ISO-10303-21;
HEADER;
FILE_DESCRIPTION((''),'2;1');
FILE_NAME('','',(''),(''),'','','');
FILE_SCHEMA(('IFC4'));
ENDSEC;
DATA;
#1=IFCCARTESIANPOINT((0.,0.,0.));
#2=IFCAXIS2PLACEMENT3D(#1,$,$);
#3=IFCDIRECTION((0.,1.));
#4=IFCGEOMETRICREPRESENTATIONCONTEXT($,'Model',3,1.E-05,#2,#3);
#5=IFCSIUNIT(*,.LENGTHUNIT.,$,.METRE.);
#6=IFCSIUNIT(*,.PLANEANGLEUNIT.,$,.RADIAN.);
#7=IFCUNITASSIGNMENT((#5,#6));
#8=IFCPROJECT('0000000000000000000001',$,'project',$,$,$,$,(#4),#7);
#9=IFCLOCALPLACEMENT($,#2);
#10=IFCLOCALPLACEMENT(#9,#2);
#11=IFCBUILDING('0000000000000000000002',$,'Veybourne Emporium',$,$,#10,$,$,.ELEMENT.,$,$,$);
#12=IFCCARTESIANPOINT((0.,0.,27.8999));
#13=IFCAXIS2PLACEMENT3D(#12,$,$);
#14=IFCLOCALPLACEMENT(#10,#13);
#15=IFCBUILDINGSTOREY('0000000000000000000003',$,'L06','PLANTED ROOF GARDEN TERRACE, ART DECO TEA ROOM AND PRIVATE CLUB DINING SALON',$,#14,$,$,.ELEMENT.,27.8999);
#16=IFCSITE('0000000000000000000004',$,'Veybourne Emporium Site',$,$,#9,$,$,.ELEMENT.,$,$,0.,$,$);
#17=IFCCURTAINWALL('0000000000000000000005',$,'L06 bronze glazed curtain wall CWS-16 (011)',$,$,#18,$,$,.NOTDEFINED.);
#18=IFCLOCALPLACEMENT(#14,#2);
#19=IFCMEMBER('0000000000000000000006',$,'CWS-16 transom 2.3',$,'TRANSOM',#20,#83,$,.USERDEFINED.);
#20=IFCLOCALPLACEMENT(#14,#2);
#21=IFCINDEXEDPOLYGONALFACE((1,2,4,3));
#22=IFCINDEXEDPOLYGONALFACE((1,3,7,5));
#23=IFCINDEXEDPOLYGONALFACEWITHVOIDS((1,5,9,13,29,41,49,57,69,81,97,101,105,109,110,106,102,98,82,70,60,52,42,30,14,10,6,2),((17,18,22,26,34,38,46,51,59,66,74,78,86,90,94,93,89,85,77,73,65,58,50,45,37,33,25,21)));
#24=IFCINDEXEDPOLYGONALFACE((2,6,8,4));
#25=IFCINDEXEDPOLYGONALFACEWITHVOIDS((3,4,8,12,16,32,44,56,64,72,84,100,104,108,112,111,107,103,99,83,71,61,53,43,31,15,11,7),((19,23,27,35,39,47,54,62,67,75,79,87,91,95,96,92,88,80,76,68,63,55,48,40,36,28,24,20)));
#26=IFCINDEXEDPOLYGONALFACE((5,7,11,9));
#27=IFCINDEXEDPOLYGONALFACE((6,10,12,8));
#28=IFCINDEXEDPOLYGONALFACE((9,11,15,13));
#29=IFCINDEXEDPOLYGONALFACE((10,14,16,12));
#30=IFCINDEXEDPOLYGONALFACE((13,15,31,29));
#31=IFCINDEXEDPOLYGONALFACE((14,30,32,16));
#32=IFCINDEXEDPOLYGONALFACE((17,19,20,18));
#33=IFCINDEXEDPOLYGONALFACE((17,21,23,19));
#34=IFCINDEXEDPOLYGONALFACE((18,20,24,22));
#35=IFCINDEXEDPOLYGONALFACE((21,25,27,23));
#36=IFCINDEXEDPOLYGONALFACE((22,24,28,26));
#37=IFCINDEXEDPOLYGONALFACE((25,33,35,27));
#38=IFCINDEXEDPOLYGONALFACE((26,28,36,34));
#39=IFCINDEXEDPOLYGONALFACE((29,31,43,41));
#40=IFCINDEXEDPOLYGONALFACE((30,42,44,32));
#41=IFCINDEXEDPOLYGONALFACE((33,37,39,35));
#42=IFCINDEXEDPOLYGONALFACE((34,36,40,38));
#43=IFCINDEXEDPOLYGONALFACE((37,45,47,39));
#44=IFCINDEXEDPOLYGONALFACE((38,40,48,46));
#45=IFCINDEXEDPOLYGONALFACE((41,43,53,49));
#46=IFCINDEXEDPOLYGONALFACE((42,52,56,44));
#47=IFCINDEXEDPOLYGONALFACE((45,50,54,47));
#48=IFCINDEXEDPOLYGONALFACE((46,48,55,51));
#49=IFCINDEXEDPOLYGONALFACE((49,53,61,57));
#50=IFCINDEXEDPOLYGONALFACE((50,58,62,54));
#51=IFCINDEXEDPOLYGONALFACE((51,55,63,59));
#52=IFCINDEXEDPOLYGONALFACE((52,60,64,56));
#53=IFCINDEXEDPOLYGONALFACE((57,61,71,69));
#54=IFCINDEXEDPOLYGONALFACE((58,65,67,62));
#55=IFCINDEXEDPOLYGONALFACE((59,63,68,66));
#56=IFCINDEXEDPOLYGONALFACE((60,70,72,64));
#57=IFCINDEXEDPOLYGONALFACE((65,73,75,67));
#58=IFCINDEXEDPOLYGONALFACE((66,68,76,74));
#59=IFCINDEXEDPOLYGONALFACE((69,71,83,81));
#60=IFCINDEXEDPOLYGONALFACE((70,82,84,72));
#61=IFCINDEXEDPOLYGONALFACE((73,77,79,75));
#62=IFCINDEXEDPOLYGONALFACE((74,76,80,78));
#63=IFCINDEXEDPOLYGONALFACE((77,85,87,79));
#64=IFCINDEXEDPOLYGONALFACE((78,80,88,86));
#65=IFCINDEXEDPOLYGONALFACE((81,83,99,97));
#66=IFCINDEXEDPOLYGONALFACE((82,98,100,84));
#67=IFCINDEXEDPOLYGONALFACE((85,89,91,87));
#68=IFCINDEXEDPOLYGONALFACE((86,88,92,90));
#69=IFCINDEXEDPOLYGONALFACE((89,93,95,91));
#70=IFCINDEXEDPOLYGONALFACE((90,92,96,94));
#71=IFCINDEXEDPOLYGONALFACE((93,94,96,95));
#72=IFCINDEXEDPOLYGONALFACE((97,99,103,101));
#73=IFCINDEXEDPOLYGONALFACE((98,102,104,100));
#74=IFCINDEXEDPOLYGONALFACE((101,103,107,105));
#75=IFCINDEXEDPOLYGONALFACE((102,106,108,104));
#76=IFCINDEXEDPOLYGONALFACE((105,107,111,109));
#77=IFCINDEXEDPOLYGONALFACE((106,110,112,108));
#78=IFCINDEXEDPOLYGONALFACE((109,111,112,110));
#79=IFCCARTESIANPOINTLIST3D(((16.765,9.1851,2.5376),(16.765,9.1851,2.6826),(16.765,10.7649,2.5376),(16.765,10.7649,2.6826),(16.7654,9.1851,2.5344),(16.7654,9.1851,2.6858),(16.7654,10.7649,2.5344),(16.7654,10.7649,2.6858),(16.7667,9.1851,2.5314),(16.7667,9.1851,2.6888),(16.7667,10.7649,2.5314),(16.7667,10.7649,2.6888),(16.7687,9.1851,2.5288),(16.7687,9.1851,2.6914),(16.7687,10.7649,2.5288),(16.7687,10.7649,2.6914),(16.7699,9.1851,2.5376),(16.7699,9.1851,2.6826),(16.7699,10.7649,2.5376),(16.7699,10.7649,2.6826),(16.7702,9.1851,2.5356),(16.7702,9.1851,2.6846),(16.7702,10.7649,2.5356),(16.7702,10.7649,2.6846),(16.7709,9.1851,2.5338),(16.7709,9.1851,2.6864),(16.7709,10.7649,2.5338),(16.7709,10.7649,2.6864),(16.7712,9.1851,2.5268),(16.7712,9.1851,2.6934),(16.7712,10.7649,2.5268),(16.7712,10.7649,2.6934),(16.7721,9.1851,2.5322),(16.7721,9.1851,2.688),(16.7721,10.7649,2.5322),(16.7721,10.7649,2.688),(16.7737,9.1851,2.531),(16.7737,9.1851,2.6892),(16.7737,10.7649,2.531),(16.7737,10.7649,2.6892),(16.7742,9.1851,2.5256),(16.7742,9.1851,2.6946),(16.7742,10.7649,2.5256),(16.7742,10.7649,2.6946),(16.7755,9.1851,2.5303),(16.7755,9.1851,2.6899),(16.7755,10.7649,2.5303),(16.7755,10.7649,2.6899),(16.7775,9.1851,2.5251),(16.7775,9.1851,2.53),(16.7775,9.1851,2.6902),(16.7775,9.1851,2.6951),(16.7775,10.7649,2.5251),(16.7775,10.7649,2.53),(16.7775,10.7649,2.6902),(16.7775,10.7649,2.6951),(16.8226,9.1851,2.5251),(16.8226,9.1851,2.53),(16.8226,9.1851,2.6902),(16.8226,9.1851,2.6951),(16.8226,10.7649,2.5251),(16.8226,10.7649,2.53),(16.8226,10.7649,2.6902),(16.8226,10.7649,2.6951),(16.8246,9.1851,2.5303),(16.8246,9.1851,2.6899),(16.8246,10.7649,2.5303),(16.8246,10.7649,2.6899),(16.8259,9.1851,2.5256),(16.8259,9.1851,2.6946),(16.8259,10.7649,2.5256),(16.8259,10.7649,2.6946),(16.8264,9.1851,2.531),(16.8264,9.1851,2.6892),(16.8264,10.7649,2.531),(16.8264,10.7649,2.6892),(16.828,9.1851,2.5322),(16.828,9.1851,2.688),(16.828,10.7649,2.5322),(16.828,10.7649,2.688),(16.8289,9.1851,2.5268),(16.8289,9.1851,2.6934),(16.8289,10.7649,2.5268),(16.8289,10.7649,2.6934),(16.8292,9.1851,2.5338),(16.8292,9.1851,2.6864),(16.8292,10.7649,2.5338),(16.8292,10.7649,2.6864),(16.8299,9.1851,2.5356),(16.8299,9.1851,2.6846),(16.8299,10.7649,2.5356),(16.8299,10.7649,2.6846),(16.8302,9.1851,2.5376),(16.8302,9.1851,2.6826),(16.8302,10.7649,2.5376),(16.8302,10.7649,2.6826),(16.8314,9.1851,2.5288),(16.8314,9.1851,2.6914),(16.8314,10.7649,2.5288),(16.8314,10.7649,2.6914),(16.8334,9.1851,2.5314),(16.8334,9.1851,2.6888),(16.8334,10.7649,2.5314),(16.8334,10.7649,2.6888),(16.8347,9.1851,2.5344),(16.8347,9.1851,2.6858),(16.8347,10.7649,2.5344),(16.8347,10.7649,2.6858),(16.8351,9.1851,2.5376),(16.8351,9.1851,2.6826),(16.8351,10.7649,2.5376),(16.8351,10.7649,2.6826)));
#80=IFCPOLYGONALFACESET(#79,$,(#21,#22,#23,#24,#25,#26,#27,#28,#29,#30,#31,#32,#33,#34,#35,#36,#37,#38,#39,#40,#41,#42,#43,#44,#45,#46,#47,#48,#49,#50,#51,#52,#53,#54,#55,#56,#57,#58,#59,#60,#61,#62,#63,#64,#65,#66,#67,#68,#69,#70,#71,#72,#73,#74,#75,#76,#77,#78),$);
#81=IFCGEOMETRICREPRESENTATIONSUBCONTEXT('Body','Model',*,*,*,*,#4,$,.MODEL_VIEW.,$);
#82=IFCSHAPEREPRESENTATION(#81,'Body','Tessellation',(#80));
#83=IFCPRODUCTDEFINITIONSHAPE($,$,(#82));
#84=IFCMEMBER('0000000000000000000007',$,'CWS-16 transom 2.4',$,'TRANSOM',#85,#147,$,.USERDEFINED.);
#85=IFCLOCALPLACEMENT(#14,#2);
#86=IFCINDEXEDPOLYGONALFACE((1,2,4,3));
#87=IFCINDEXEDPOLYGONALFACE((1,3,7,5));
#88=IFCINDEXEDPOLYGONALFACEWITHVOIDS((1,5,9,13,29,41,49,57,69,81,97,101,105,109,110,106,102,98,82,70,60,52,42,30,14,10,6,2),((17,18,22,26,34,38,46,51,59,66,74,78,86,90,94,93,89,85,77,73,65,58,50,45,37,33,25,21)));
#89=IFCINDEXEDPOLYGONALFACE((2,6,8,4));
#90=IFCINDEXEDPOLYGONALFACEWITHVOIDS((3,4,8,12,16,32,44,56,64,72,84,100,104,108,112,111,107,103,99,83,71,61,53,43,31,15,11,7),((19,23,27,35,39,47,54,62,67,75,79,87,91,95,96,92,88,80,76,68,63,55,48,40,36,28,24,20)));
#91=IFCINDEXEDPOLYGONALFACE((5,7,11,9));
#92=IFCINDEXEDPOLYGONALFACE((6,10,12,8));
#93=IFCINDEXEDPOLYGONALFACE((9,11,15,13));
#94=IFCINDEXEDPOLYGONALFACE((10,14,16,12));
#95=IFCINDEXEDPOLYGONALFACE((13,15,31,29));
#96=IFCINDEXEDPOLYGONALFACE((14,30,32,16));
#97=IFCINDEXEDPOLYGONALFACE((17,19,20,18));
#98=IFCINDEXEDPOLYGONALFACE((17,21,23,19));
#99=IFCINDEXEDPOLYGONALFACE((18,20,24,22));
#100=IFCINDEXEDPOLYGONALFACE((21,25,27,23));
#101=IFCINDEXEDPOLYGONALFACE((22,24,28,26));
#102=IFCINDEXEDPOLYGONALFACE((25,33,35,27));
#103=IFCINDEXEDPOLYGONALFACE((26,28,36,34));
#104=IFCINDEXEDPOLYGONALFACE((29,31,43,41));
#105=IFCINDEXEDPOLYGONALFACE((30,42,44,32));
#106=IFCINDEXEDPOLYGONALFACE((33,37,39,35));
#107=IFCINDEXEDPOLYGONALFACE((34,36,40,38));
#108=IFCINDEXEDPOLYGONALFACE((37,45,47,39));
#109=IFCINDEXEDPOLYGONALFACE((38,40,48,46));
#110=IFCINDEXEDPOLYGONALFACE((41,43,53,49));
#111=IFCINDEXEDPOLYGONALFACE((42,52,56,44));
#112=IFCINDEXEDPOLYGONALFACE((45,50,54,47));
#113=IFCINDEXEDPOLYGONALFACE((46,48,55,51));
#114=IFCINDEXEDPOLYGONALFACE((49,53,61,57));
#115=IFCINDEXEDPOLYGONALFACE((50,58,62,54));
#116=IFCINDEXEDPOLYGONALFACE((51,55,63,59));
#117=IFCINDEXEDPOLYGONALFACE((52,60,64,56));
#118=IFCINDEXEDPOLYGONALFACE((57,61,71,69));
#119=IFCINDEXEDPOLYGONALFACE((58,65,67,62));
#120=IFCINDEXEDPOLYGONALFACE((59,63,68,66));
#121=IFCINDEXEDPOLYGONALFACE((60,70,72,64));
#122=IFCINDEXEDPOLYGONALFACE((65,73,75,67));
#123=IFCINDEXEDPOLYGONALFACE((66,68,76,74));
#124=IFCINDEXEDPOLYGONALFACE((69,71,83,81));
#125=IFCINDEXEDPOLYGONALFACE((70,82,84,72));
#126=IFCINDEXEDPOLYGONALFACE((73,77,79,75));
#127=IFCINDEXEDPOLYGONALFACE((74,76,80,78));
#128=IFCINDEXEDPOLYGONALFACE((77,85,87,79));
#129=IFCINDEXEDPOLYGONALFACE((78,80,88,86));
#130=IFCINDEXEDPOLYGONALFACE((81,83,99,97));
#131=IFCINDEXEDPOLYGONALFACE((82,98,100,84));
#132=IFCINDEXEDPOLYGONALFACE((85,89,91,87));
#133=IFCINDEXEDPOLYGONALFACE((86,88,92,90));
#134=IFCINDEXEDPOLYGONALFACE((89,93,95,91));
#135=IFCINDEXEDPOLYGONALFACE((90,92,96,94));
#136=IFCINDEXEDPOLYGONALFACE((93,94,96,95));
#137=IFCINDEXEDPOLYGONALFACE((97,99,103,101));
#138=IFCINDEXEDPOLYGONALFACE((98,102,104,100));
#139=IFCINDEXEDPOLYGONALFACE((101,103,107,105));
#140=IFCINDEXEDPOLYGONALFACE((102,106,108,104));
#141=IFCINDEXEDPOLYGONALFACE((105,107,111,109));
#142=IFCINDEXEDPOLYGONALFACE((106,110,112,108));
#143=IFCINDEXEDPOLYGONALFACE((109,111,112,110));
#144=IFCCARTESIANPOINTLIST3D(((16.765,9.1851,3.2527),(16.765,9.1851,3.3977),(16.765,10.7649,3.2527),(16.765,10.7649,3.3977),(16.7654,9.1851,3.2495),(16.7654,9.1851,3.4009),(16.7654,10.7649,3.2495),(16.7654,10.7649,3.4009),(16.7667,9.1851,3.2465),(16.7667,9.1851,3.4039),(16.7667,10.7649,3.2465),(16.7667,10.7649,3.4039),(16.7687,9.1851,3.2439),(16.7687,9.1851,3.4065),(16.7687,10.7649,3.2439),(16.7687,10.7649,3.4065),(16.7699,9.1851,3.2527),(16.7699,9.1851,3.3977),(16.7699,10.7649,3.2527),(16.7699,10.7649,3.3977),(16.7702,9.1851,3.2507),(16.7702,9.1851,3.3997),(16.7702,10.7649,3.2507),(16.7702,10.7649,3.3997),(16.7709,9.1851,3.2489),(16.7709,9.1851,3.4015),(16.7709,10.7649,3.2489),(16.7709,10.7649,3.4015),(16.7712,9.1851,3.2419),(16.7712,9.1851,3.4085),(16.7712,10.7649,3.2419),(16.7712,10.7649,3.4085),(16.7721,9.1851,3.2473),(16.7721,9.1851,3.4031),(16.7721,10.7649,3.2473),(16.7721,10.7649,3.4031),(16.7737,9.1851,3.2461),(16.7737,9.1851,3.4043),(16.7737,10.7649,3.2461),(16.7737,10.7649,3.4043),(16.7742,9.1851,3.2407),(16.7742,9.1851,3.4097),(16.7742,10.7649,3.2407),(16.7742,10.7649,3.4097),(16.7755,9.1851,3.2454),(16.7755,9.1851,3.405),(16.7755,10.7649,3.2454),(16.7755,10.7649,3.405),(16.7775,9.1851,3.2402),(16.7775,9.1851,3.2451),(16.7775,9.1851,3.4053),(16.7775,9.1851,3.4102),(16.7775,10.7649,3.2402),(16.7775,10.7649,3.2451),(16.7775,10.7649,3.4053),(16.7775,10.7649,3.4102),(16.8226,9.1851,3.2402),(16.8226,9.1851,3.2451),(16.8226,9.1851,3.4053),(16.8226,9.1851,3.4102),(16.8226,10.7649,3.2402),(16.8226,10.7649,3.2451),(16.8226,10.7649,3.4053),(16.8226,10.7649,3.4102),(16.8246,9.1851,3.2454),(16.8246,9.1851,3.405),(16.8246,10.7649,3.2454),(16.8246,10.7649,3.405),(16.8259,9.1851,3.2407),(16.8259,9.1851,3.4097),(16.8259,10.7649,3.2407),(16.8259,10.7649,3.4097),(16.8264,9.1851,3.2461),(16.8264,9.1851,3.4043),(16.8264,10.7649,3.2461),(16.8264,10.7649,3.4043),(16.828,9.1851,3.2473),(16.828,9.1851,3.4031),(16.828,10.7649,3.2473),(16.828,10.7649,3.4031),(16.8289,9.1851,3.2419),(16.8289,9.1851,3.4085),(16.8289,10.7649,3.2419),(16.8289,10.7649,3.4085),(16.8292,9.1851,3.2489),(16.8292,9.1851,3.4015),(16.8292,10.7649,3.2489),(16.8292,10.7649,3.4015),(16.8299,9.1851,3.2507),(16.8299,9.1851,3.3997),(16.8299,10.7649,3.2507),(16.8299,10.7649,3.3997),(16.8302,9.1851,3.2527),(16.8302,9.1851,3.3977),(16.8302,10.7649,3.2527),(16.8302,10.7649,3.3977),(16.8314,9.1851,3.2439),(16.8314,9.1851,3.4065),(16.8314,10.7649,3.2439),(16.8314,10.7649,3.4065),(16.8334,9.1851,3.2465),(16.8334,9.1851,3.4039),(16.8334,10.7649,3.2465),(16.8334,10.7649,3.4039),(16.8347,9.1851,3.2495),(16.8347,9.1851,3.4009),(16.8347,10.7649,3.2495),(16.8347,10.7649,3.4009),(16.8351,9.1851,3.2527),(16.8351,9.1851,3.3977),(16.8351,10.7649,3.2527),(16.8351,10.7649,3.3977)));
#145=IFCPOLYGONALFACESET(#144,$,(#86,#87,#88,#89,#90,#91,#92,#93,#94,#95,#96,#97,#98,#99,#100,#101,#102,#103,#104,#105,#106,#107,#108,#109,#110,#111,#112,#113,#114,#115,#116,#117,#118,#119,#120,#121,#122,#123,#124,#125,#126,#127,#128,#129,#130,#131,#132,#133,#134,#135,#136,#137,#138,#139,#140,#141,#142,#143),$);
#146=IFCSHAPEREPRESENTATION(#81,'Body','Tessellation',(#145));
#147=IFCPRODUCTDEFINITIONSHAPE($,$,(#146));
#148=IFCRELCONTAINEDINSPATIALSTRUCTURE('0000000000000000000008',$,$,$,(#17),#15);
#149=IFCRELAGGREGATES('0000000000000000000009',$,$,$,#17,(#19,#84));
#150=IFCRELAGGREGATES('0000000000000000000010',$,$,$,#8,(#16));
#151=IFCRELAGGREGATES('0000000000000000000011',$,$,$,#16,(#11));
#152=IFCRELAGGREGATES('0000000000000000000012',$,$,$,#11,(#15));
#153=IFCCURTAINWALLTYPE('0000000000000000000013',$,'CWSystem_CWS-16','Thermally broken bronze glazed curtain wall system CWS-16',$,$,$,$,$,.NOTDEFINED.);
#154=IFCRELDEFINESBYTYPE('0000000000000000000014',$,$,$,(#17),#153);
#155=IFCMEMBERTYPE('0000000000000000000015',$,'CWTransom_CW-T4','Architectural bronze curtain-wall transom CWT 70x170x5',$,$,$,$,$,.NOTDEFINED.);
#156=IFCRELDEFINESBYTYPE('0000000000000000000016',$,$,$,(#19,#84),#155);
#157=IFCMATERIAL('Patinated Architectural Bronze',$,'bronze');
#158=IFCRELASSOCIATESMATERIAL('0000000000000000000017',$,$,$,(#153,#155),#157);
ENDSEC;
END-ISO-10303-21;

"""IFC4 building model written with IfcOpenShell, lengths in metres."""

from ifc_helpers import new_model, si_unit, direction, frame, origin, origin_2d, place, context, subcontext, project, spatial, hollow_rectangle, extrude, material, material_profile, profile_set, type_object, element, aggregate, save


model = new_model("IFC4")

# Units and contexts
model_context = context("Model", 3, precision=1e-05, world=origin(), true_north=direction((0.0, 1.0)))
body_context = subcontext(model_context, "Body", "Model", "MODEL_VIEW")
ifc_project = project(units=[si_unit("LENGTHUNIT", "METRE"), si_unit("PLANEANGLEUNIT", "RADIAN")], contexts=[model_context])

# Site, building, storey
site_placement = place(None, origin())
site = spatial("IfcSite", under=ifc_project, at=site_placement, Name="Veybourne Emporium Site", CompositionType="ELEMENT", RefElevation=0.0)
building_placement = place(site_placement, origin())
building = spatial("IfcBuilding", under=site, at=building_placement, Name="Veybourne Emporium", CompositionType="ELEMENT")
storey_placement = place(building_placement, frame((0.0, 0.0, 27.8999)))
storey = spatial("IfcBuildingStorey", under=building, at=storey_placement, Name="L06", Description="PLANTED ROOF GARDEN TERRACE, ART DECO TEA ROOM AND PRIVATE CLUB DINING SALON", CompositionType="ELEMENT", Elevation=27.8999)

# Curtain wall
ifc_material_1 = material(Name="Patinated Architectural Bronze", Category="bronze")
curtain_wall_type_1 = type_object("IfcCurtainWallType", Name="CWSystem_CWS-16", Description="Thermally broken bronze glazed curtain wall system CWS-16", PredefinedType="NOTDEFINED", material=ifc_material_1)
curtain_wall_1_placement = place(storey_placement, origin())
curtain_wall_1 = element("IfcCurtainWall", 1, at=curtain_wall_1_placement, inside=storey, type_object=curtain_wall_type_1, Name="L06 bronze glazed curtain wall CWS-16 (011)", PredefinedType="NOTDEFINED")

# Members
ifc_material_profile_1 = material_profile(ifc_material_1, hollow_rectangle(XDim=0.0701, YDim=0.1699, WallThickness=0.0049, InnerFilletRadius=0.0076, OuterFilletRadius=0.0125, at=origin_2d()), Name="CWT 70x170x5")
ifc_profile_set_1 = profile_set([ifc_material_profile_1], Name="Patinated Architectural Bronze")
member_type_1 = type_object("IfcMemberType", Name="CWTransom_CW-T4", Description="Architectural bronze curtain-wall transom CWT 70x170x5", PredefinedType="NOTDEFINED", material=ifc_profile_set_1)
member_1_placement = place(storey_placement, frame((16.8, 9.1851, 2.6101), z_axis=(0.0, 1.0, 0.0), x_axis=(-1.0, 0.0, 0.0)))
member_1 = element("IfcMember", 2, at=member_1_placement, type_object=member_type_1, Name="CWS-16 transom 2.3", ObjectType="TRANSOM", PredefinedType="USERDEFINED", context=body_context, shape_type="SweptSolid", body=[
    extrude(hollow_rectangle(XDim=0.0701, YDim=0.1699, WallThickness=0.0049, InnerFilletRadius=0.0076, OuterFilletRadius=0.0125, at=origin_2d()), origin(), (0.0, 0.0, 1.0), 1.5798),
])
member_2_placement = place(storey_placement, frame((16.8, 9.1851, 3.3252), z_axis=(0.0, 1.0, 0.0), x_axis=(-1.0, 0.0, 0.0)))
member_2 = element("IfcMember", 3, at=member_2_placement, type_object=member_type_1, Name="CWS-16 transom 2.4", ObjectType="TRANSOM", PredefinedType="USERDEFINED", context=body_context, shape_type="SweptSolid", body=[
    extrude(hollow_rectangle(XDim=0.0701, YDim=0.1699, WallThickness=0.0049, InnerFilletRadius=0.0076, OuterFilletRadius=0.0125, at=origin_2d()), origin(), (0.0, 0.0, 1.0), 1.5798),
])

aggregate(curtain_wall_1, [member_1, member_2])

save(model, "model.ifc")
